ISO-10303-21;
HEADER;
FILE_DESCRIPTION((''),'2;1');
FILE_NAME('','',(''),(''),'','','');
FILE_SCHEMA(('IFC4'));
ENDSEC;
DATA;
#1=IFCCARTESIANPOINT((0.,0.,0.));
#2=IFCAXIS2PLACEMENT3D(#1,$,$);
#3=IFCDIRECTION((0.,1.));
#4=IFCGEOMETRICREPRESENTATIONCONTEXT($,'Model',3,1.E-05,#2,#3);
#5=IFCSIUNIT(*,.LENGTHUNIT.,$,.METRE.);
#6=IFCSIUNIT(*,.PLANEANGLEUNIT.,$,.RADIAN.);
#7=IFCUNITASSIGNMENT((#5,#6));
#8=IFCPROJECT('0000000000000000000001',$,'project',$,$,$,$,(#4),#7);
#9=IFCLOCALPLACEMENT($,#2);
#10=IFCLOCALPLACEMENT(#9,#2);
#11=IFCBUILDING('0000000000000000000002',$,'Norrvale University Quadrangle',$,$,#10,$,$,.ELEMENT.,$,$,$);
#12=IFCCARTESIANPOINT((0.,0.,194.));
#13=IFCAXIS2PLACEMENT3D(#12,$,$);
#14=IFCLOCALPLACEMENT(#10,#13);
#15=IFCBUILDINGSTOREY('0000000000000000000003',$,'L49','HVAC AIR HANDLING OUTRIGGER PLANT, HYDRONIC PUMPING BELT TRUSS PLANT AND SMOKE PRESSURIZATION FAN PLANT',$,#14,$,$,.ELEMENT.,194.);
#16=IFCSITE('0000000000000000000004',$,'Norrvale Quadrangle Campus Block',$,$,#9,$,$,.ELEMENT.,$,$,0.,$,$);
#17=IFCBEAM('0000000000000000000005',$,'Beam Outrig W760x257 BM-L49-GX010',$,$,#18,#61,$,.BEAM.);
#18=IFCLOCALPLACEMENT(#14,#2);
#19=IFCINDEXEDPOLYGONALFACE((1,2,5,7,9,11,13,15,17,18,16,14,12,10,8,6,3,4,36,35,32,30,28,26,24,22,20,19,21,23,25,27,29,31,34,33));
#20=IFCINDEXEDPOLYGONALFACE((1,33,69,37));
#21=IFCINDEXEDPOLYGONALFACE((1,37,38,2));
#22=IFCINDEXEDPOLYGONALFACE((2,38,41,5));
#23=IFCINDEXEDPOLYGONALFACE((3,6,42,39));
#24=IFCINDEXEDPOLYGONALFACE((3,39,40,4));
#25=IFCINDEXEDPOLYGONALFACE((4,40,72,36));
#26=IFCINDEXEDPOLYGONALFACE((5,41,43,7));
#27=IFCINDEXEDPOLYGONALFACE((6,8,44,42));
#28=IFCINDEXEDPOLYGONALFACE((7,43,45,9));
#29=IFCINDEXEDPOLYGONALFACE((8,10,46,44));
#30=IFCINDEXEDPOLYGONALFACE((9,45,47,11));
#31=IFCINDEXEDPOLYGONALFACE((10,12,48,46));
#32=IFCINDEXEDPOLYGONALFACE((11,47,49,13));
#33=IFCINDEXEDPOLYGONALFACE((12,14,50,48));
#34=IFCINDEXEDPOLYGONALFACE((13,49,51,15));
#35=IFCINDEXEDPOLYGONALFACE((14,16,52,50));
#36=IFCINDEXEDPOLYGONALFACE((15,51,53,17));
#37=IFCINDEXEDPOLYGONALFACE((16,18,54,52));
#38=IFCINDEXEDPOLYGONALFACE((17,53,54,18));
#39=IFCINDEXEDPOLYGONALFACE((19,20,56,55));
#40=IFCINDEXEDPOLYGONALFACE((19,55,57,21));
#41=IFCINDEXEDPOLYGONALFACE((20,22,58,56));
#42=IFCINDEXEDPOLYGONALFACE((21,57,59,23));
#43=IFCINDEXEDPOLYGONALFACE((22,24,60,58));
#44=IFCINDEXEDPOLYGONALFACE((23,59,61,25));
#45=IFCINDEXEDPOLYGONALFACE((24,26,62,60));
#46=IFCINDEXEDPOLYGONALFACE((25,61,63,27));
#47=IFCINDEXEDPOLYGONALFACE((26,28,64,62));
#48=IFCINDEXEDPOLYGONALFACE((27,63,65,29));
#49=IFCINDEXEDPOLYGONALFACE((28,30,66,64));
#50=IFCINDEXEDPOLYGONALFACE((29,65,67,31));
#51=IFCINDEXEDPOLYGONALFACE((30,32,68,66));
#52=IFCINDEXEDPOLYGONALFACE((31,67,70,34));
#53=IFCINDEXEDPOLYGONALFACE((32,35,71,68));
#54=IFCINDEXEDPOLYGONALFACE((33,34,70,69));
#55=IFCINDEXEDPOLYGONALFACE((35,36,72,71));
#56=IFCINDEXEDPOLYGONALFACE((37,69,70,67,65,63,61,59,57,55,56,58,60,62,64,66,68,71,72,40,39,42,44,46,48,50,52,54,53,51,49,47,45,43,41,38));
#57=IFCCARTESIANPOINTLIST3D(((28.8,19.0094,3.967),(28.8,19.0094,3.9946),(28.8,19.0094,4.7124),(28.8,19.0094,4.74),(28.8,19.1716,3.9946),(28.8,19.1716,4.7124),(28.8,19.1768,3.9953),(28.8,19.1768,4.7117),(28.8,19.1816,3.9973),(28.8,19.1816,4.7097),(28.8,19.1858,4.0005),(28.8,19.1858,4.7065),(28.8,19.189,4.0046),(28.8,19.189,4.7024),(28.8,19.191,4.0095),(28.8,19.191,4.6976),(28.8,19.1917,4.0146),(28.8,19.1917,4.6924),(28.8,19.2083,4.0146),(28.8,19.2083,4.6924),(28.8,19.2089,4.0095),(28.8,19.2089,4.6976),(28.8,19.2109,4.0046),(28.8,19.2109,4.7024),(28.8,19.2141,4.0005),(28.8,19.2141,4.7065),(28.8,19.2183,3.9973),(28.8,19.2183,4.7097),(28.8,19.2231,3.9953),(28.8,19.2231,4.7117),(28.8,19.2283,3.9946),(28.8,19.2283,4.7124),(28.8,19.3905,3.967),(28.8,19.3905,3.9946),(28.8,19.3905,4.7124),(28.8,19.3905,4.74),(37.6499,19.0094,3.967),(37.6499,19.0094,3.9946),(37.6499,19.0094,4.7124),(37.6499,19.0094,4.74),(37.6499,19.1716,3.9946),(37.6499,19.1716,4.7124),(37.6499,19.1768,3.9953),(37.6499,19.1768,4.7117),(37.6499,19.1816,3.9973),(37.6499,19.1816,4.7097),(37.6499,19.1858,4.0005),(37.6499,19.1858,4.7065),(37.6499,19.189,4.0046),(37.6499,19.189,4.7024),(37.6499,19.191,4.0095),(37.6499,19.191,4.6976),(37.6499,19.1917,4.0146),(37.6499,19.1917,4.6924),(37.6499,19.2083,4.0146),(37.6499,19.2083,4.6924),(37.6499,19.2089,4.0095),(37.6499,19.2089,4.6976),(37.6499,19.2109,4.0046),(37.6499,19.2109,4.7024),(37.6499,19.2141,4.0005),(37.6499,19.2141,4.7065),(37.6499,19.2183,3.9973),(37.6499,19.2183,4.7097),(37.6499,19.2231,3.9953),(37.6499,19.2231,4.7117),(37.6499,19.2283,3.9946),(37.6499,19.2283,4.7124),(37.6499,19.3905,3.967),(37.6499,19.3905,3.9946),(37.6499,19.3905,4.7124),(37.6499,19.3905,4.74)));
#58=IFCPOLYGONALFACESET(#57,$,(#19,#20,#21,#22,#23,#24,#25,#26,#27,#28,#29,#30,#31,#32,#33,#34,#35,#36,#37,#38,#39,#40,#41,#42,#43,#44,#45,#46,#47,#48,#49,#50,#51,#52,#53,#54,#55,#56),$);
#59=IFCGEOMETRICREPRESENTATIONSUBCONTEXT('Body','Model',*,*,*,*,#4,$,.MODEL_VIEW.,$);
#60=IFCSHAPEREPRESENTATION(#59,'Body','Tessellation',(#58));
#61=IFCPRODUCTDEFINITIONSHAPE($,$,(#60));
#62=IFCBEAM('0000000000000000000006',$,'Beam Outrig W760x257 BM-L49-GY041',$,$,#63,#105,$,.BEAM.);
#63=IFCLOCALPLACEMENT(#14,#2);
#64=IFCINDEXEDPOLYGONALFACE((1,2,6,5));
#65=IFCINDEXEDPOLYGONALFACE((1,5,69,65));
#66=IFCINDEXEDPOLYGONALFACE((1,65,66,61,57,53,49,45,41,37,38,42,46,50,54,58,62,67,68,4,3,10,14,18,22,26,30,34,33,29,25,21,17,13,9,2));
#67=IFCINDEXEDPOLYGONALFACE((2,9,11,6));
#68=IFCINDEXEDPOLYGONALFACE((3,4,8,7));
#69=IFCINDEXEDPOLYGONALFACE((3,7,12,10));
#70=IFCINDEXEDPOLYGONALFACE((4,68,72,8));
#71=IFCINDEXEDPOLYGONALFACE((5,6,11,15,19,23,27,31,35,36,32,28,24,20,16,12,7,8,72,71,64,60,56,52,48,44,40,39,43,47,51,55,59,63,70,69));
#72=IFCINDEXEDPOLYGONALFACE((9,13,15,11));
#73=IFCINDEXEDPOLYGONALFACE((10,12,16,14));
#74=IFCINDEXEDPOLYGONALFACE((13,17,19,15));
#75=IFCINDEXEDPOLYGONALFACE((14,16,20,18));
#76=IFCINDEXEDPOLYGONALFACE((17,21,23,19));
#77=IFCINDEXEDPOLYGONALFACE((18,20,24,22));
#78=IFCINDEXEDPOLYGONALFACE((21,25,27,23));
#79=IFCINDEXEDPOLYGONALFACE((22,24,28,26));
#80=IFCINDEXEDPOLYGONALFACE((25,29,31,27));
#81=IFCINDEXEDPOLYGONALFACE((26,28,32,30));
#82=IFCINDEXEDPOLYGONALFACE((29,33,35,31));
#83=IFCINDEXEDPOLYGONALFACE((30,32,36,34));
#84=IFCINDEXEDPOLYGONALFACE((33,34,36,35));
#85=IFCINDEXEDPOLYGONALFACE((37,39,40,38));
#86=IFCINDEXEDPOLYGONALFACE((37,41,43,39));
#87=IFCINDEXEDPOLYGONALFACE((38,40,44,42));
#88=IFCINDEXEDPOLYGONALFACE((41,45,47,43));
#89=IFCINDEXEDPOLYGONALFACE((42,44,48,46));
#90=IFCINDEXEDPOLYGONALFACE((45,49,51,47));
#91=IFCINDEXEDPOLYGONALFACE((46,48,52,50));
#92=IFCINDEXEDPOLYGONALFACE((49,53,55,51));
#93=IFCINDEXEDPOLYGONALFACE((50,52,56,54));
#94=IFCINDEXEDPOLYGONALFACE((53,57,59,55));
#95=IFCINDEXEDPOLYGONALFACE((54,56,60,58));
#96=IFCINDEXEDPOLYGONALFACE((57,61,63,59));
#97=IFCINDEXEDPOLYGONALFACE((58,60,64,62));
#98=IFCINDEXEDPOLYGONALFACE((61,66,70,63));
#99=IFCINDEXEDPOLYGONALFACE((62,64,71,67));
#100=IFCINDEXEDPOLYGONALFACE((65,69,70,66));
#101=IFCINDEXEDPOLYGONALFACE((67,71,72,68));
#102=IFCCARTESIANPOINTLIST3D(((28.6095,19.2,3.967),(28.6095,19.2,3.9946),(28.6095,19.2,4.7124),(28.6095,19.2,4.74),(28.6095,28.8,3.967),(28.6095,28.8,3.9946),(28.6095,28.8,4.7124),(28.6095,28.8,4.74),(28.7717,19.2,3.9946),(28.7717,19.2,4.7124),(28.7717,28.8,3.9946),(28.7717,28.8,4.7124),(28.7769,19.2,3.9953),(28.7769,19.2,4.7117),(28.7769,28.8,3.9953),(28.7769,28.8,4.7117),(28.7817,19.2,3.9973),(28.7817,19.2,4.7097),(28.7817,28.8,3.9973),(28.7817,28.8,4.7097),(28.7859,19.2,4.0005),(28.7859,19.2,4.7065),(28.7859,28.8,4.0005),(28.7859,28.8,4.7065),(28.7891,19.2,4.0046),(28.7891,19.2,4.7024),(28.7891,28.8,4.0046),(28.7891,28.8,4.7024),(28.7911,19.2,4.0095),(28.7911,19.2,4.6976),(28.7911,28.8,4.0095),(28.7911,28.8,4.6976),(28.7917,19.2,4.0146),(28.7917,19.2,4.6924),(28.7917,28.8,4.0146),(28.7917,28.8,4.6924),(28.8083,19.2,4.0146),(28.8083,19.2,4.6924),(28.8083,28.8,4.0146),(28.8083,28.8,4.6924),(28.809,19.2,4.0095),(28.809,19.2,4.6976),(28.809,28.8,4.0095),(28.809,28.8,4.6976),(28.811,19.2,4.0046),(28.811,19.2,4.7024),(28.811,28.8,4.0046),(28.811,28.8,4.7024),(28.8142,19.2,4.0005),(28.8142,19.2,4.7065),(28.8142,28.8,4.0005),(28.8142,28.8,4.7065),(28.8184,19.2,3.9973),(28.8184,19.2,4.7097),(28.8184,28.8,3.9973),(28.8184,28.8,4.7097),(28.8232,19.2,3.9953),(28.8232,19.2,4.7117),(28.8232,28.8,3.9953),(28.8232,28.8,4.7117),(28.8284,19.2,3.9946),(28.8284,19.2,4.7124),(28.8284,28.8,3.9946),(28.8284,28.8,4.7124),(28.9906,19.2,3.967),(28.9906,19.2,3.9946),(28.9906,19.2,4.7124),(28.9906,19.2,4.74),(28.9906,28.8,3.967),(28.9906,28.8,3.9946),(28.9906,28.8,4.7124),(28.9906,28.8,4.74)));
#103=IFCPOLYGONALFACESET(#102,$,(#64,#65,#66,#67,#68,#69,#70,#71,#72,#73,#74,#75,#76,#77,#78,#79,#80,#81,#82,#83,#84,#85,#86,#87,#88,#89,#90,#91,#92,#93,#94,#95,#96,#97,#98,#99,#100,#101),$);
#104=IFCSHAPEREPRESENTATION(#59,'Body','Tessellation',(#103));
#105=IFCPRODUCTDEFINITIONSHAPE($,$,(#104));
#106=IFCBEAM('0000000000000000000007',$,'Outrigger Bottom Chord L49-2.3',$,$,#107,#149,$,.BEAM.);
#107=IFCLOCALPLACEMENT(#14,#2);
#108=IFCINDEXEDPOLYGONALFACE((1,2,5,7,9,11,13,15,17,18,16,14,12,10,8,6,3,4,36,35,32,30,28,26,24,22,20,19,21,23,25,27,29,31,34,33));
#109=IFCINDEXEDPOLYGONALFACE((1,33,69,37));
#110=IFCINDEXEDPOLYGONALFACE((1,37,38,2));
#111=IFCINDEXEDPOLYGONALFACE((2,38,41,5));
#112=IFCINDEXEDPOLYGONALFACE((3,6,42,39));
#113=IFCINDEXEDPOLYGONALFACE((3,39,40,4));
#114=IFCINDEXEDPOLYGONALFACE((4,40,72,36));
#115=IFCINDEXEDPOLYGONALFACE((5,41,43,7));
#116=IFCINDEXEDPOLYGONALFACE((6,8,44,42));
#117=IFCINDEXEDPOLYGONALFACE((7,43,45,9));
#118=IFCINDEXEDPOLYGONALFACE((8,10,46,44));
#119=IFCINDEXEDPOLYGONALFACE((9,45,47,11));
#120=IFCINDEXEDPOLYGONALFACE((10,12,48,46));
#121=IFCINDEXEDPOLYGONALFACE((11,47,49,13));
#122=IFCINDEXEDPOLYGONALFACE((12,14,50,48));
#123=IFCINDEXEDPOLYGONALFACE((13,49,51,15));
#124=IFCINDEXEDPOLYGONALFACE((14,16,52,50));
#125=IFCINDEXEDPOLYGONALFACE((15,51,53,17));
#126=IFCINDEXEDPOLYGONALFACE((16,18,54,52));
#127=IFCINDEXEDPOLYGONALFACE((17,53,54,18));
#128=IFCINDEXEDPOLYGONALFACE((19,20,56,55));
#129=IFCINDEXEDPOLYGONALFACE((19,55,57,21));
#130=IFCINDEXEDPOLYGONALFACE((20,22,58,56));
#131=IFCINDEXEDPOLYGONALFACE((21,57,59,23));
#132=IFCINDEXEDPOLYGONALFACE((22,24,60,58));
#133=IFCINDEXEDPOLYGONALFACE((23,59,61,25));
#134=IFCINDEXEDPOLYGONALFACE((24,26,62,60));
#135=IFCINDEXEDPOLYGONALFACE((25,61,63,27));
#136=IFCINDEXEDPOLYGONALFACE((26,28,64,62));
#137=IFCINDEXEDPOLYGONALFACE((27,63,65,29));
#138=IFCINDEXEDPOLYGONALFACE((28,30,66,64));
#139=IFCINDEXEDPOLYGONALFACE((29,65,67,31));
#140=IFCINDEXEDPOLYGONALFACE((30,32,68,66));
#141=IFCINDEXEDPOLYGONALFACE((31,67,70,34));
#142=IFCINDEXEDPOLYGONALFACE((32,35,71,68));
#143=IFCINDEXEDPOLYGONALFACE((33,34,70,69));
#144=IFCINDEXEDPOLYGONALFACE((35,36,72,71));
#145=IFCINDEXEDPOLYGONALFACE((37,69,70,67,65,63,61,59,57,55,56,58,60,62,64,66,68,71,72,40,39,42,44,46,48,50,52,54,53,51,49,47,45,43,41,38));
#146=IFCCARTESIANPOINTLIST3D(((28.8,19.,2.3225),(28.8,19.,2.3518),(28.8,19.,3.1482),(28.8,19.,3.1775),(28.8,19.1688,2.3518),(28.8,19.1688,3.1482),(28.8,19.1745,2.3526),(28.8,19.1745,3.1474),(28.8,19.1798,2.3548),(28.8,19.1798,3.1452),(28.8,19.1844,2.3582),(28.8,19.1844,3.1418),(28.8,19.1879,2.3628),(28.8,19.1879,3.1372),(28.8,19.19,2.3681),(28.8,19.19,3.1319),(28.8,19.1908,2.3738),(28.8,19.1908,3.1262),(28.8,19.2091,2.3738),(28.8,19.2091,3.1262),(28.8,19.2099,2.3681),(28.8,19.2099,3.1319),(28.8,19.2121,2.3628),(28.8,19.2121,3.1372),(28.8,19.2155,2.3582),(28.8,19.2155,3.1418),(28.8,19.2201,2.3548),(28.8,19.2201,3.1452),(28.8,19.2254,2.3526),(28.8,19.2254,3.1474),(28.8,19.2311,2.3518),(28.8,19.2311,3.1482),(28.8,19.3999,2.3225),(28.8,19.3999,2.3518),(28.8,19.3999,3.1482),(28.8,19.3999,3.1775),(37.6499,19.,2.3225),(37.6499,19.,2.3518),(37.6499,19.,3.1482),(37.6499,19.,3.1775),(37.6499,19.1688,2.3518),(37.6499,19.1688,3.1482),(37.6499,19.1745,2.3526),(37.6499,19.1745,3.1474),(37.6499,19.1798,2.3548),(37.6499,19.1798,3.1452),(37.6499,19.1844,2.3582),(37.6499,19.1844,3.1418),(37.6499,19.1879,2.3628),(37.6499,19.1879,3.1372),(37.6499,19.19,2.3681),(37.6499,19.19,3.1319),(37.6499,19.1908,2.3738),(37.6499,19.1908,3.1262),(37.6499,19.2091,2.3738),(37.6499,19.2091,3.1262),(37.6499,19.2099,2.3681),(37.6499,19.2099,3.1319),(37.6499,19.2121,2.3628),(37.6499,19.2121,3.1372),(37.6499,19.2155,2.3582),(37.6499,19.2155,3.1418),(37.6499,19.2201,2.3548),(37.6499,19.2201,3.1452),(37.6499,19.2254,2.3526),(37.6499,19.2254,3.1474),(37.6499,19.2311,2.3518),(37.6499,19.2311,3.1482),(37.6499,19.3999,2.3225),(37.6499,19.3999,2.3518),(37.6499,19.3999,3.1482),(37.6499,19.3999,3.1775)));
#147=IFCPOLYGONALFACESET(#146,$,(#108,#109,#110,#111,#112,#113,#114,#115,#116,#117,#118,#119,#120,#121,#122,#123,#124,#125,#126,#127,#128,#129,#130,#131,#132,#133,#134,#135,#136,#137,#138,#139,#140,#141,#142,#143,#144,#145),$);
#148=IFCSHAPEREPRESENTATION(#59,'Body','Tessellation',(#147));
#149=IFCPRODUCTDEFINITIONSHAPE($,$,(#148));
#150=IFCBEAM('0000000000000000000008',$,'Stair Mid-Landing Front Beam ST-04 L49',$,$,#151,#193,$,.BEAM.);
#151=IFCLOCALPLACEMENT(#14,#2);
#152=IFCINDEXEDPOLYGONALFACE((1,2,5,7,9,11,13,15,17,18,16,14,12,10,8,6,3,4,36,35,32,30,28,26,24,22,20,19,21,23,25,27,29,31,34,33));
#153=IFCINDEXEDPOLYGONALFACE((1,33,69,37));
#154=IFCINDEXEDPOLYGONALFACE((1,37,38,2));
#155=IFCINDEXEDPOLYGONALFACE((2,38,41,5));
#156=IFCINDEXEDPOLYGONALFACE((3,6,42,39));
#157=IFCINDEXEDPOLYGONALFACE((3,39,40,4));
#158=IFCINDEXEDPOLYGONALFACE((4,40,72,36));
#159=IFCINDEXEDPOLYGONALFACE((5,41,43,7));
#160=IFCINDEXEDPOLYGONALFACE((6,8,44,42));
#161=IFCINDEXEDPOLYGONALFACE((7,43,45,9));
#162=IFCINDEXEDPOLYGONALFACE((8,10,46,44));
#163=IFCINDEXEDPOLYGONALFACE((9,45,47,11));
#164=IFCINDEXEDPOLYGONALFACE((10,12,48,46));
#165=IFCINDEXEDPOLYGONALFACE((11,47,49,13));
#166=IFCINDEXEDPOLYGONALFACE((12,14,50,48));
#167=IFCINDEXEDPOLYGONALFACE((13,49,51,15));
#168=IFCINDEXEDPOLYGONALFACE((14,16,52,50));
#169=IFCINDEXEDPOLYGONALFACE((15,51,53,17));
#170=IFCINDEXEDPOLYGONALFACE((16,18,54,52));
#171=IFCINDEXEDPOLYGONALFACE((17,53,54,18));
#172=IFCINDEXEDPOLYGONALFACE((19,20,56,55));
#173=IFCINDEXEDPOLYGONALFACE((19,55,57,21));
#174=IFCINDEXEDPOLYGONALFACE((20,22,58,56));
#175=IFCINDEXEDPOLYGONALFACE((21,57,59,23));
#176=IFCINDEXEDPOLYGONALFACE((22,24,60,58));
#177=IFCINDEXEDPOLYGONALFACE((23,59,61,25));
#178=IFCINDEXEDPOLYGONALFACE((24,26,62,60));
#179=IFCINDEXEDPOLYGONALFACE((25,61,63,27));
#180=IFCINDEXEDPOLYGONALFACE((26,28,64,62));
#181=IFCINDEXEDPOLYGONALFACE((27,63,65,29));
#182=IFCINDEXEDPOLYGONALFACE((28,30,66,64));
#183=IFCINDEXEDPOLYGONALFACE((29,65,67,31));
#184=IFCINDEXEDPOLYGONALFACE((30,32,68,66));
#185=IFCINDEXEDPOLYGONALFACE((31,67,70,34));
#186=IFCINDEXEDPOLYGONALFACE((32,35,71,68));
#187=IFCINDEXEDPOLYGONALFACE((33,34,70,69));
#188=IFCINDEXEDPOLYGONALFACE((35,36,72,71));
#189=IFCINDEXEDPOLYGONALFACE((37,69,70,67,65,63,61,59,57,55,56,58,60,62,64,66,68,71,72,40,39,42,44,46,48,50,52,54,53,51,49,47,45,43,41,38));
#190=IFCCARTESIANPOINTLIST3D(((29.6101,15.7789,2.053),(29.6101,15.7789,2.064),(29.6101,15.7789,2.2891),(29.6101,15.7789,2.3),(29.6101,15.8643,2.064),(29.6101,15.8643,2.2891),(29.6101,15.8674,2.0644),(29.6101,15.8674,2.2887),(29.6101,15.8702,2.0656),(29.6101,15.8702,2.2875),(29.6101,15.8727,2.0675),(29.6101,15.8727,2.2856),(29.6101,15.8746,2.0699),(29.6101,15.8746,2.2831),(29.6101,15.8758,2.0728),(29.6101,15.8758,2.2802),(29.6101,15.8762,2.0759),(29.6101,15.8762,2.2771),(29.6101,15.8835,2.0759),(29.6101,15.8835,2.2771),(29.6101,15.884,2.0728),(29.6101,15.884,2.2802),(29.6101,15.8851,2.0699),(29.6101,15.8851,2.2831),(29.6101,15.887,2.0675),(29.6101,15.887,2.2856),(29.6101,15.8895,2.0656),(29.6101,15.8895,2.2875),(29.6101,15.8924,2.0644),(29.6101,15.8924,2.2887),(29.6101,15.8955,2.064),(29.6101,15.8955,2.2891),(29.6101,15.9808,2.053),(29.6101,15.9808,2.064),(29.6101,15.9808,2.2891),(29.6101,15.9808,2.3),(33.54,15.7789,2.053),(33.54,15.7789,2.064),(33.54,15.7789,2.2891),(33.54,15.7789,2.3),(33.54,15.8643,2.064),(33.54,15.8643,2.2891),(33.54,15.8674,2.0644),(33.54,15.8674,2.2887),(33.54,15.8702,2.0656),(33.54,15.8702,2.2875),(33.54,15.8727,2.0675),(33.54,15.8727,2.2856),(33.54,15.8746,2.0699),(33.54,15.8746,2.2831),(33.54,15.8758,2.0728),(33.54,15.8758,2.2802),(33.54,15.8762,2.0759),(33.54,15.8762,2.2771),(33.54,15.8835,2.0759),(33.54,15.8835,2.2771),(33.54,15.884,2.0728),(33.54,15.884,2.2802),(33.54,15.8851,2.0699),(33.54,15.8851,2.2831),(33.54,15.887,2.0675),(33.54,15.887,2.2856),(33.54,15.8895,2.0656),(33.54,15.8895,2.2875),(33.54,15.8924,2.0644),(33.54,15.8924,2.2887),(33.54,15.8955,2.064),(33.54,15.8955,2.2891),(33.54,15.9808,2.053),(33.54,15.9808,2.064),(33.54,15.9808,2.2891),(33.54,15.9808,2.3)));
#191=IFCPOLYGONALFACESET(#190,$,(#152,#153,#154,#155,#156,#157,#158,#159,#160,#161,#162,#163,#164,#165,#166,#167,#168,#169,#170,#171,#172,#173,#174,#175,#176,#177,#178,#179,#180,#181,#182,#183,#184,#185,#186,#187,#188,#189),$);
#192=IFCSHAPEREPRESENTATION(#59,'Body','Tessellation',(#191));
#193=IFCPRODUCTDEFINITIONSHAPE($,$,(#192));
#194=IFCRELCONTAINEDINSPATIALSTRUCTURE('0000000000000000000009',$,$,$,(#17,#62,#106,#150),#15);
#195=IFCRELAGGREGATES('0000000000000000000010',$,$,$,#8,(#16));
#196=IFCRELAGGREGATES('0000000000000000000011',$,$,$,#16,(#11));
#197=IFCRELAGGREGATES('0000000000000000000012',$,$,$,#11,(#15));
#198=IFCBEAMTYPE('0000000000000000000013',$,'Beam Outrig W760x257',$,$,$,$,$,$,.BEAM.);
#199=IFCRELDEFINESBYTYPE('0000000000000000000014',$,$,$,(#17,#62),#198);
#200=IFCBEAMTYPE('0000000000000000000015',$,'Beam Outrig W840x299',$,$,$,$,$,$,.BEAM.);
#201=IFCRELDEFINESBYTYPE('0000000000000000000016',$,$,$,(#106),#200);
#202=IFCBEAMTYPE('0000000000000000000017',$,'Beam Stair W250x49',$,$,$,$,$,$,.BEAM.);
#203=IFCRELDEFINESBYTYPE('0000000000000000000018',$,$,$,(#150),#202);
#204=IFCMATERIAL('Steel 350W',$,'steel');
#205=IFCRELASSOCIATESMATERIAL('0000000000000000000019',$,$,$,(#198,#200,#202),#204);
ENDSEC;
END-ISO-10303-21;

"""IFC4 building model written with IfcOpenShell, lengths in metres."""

from ifc_helpers import new_model, si_unit, direction, frame, origin, origin_2d, place, context, subcontext, project, spatial, i_section, extrude, material, material_profile, profile_set, type_object, element, save


model = new_model("IFC4")

# Units and contexts
model_context = context("Model", 3, precision=1e-05, world=origin(), true_north=direction((0.0, 1.0)))
body_context = subcontext(model_context, "Body", "Model", "MODEL_VIEW")
ifc_project = project(units=[si_unit("LENGTHUNIT", "METRE"), si_unit("PLANEANGLEUNIT", "RADIAN")], contexts=[model_context])

# Site, building, storey
site_placement = place(None, origin())
site = spatial("IfcSite", under=ifc_project, at=site_placement, Name="Norrvale Quadrangle Campus Block", CompositionType="ELEMENT", RefElevation=0.0)
building_placement = place(site_placement, origin())
building = spatial("IfcBuilding", under=site, at=building_placement, Name="Norrvale University Quadrangle", CompositionType="ELEMENT")
storey_placement = place(building_placement, frame((0.0, 0.0, 194.0)))
storey = spatial("IfcBuildingStorey", under=building, at=storey_placement, Name="L49", Description="HVAC AIR HANDLING OUTRIGGER PLANT, HYDRONIC PUMPING BELT TRUSS PLANT AND SMOKE PRESSURIZATION FAN PLANT", CompositionType="ELEMENT", Elevation=194.0)

# Beams
ifc_material_1 = material(Name="Steel 350W", Category="steel")
ifc_material_profile_1 = material_profile(ifc_material_1, i_section(OverallWidth=0.3811, OverallDepth=0.7729, WebThickness=0.0166, FlangeThickness=0.0276, FilletRadius=0.02, at=origin_2d()), Name="Steel 350W")
ifc_profile_set_1 = profile_set([ifc_material_profile_1], Name="Steel 350W")
beam_type_1 = type_object("IfcBeamType", Name="Beam Outrig W760x257", PredefinedType="BEAM", material=ifc_profile_set_1)
beam_1_placement = place(storey_placement, frame((28.8, 19.2, 4.3535), z_axis=(1.0, 0.0, 0.0), x_axis=(0.0, 1.0, 0.0)))
element("IfcBeam", 1, at=beam_1_placement, inside=storey, type_object=beam_type_1, Name="Beam Outrig W760x257 BM-L49-GX010", PredefinedType="BEAM", context=body_context, shape_type="SweptSolid", body=[
    extrude(i_section(OverallWidth=0.3811, OverallDepth=0.7729, WebThickness=0.0166, FlangeThickness=0.0276, FilletRadius=0.02, at=origin_2d()), origin(), (0.0, 0.0, 1.0), 8.8499),
])
beam_2_placement = place(storey_placement, frame((28.8, 19.2, 4.3535), z_axis=(0.0, 1.0, 0.0), x_axis=(-1.0, 0.0, 0.0)))
element("IfcBeam", 2, at=beam_2_placement, inside=storey, type_object=beam_type_1, Name="Beam Outrig W760x257 BM-L49-GY041", PredefinedType="BEAM", context=body_context, shape_type="SweptSolid", body=[
    extrude(i_section(OverallWidth=0.3811, OverallDepth=0.7729, WebThickness=0.0166, FlangeThickness=0.0276, FilletRadius=0.02, at=origin_2d()), origin(), (0.0, 0.0, 1.0), 9.6001),
])
ifc_material_profile_2 = material_profile(ifc_material_1, i_section(OverallWidth=0.3999, OverallDepth=0.855, WebThickness=0.0183, FlangeThickness=0.0293, FilletRadius=0.022, at=origin_2d()), Name="Steel 350W")
ifc_profile_set_2 = profile_set([ifc_material_profile_2], Name="Steel 350W")
beam_type_2 = type_object("IfcBeamType", Name="Beam Outrig W840x299", PredefinedType="BEAM", material=ifc_profile_set_2)
beam_3_placement = place(storey_placement, frame((28.8, 19.2, 2.75), z_axis=(1.0, 0.0, 0.0), x_axis=(0.0, 1.0, 0.0)))
element("IfcBeam", 3, at=beam_3_placement, inside=storey, type_object=beam_type_2, Name="Outrigger Bottom Chord L49-2.3", PredefinedType="BEAM", context=body_context, shape_type="SweptSolid", body=[
    extrude(i_section(OverallWidth=0.3999, OverallDepth=0.855, WebThickness=0.0183, FlangeThickness=0.0293, FilletRadius=0.022, at=origin_2d()), origin(), (0.0, 0.0, 1.0), 8.8499),
])
ifc_material_profile_3 = material_profile(ifc_material_1, i_section(OverallWidth=0.2019, OverallDepth=0.2471, WebThickness=0.0073, FlangeThickness=0.011, FilletRadius=0.012, at=origin_2d()), Name="Steel 350W")
ifc_profile_set_3 = profile_set([ifc_material_profile_3], Name="Steel 350W")
beam_type_3 = type_object("IfcBeamType", Name="Beam Stair W250x49", PredefinedType="BEAM", material=ifc_profile_set_3)
for number, where, z_axis, x_axis, name in (
    (4, (29.6101, 15.8799, 2.1765), (1.0, 0.0, 0.0), (0.0, 1.0, 0.0), "Stair Mid-Landing Front Beam ST-04 L49"),
):
    element("IfcBeam", number, at=place(storey_placement, frame(where, z_axis=z_axis, x_axis=x_axis)), inside=storey, type_object=beam_type_3, Name=name, PredefinedType="BEAM", context=body_context, shape_type="SweptSolid", body=[
        extrude(i_section(OverallWidth=0.2019, OverallDepth=0.2471, WebThickness=0.0073, FlangeThickness=0.011, FilletRadius=0.012, at=origin_2d()), origin(), (0.0, 0.0, 1.0), 3.9299),
    ])

save(model, "model.ifc")
